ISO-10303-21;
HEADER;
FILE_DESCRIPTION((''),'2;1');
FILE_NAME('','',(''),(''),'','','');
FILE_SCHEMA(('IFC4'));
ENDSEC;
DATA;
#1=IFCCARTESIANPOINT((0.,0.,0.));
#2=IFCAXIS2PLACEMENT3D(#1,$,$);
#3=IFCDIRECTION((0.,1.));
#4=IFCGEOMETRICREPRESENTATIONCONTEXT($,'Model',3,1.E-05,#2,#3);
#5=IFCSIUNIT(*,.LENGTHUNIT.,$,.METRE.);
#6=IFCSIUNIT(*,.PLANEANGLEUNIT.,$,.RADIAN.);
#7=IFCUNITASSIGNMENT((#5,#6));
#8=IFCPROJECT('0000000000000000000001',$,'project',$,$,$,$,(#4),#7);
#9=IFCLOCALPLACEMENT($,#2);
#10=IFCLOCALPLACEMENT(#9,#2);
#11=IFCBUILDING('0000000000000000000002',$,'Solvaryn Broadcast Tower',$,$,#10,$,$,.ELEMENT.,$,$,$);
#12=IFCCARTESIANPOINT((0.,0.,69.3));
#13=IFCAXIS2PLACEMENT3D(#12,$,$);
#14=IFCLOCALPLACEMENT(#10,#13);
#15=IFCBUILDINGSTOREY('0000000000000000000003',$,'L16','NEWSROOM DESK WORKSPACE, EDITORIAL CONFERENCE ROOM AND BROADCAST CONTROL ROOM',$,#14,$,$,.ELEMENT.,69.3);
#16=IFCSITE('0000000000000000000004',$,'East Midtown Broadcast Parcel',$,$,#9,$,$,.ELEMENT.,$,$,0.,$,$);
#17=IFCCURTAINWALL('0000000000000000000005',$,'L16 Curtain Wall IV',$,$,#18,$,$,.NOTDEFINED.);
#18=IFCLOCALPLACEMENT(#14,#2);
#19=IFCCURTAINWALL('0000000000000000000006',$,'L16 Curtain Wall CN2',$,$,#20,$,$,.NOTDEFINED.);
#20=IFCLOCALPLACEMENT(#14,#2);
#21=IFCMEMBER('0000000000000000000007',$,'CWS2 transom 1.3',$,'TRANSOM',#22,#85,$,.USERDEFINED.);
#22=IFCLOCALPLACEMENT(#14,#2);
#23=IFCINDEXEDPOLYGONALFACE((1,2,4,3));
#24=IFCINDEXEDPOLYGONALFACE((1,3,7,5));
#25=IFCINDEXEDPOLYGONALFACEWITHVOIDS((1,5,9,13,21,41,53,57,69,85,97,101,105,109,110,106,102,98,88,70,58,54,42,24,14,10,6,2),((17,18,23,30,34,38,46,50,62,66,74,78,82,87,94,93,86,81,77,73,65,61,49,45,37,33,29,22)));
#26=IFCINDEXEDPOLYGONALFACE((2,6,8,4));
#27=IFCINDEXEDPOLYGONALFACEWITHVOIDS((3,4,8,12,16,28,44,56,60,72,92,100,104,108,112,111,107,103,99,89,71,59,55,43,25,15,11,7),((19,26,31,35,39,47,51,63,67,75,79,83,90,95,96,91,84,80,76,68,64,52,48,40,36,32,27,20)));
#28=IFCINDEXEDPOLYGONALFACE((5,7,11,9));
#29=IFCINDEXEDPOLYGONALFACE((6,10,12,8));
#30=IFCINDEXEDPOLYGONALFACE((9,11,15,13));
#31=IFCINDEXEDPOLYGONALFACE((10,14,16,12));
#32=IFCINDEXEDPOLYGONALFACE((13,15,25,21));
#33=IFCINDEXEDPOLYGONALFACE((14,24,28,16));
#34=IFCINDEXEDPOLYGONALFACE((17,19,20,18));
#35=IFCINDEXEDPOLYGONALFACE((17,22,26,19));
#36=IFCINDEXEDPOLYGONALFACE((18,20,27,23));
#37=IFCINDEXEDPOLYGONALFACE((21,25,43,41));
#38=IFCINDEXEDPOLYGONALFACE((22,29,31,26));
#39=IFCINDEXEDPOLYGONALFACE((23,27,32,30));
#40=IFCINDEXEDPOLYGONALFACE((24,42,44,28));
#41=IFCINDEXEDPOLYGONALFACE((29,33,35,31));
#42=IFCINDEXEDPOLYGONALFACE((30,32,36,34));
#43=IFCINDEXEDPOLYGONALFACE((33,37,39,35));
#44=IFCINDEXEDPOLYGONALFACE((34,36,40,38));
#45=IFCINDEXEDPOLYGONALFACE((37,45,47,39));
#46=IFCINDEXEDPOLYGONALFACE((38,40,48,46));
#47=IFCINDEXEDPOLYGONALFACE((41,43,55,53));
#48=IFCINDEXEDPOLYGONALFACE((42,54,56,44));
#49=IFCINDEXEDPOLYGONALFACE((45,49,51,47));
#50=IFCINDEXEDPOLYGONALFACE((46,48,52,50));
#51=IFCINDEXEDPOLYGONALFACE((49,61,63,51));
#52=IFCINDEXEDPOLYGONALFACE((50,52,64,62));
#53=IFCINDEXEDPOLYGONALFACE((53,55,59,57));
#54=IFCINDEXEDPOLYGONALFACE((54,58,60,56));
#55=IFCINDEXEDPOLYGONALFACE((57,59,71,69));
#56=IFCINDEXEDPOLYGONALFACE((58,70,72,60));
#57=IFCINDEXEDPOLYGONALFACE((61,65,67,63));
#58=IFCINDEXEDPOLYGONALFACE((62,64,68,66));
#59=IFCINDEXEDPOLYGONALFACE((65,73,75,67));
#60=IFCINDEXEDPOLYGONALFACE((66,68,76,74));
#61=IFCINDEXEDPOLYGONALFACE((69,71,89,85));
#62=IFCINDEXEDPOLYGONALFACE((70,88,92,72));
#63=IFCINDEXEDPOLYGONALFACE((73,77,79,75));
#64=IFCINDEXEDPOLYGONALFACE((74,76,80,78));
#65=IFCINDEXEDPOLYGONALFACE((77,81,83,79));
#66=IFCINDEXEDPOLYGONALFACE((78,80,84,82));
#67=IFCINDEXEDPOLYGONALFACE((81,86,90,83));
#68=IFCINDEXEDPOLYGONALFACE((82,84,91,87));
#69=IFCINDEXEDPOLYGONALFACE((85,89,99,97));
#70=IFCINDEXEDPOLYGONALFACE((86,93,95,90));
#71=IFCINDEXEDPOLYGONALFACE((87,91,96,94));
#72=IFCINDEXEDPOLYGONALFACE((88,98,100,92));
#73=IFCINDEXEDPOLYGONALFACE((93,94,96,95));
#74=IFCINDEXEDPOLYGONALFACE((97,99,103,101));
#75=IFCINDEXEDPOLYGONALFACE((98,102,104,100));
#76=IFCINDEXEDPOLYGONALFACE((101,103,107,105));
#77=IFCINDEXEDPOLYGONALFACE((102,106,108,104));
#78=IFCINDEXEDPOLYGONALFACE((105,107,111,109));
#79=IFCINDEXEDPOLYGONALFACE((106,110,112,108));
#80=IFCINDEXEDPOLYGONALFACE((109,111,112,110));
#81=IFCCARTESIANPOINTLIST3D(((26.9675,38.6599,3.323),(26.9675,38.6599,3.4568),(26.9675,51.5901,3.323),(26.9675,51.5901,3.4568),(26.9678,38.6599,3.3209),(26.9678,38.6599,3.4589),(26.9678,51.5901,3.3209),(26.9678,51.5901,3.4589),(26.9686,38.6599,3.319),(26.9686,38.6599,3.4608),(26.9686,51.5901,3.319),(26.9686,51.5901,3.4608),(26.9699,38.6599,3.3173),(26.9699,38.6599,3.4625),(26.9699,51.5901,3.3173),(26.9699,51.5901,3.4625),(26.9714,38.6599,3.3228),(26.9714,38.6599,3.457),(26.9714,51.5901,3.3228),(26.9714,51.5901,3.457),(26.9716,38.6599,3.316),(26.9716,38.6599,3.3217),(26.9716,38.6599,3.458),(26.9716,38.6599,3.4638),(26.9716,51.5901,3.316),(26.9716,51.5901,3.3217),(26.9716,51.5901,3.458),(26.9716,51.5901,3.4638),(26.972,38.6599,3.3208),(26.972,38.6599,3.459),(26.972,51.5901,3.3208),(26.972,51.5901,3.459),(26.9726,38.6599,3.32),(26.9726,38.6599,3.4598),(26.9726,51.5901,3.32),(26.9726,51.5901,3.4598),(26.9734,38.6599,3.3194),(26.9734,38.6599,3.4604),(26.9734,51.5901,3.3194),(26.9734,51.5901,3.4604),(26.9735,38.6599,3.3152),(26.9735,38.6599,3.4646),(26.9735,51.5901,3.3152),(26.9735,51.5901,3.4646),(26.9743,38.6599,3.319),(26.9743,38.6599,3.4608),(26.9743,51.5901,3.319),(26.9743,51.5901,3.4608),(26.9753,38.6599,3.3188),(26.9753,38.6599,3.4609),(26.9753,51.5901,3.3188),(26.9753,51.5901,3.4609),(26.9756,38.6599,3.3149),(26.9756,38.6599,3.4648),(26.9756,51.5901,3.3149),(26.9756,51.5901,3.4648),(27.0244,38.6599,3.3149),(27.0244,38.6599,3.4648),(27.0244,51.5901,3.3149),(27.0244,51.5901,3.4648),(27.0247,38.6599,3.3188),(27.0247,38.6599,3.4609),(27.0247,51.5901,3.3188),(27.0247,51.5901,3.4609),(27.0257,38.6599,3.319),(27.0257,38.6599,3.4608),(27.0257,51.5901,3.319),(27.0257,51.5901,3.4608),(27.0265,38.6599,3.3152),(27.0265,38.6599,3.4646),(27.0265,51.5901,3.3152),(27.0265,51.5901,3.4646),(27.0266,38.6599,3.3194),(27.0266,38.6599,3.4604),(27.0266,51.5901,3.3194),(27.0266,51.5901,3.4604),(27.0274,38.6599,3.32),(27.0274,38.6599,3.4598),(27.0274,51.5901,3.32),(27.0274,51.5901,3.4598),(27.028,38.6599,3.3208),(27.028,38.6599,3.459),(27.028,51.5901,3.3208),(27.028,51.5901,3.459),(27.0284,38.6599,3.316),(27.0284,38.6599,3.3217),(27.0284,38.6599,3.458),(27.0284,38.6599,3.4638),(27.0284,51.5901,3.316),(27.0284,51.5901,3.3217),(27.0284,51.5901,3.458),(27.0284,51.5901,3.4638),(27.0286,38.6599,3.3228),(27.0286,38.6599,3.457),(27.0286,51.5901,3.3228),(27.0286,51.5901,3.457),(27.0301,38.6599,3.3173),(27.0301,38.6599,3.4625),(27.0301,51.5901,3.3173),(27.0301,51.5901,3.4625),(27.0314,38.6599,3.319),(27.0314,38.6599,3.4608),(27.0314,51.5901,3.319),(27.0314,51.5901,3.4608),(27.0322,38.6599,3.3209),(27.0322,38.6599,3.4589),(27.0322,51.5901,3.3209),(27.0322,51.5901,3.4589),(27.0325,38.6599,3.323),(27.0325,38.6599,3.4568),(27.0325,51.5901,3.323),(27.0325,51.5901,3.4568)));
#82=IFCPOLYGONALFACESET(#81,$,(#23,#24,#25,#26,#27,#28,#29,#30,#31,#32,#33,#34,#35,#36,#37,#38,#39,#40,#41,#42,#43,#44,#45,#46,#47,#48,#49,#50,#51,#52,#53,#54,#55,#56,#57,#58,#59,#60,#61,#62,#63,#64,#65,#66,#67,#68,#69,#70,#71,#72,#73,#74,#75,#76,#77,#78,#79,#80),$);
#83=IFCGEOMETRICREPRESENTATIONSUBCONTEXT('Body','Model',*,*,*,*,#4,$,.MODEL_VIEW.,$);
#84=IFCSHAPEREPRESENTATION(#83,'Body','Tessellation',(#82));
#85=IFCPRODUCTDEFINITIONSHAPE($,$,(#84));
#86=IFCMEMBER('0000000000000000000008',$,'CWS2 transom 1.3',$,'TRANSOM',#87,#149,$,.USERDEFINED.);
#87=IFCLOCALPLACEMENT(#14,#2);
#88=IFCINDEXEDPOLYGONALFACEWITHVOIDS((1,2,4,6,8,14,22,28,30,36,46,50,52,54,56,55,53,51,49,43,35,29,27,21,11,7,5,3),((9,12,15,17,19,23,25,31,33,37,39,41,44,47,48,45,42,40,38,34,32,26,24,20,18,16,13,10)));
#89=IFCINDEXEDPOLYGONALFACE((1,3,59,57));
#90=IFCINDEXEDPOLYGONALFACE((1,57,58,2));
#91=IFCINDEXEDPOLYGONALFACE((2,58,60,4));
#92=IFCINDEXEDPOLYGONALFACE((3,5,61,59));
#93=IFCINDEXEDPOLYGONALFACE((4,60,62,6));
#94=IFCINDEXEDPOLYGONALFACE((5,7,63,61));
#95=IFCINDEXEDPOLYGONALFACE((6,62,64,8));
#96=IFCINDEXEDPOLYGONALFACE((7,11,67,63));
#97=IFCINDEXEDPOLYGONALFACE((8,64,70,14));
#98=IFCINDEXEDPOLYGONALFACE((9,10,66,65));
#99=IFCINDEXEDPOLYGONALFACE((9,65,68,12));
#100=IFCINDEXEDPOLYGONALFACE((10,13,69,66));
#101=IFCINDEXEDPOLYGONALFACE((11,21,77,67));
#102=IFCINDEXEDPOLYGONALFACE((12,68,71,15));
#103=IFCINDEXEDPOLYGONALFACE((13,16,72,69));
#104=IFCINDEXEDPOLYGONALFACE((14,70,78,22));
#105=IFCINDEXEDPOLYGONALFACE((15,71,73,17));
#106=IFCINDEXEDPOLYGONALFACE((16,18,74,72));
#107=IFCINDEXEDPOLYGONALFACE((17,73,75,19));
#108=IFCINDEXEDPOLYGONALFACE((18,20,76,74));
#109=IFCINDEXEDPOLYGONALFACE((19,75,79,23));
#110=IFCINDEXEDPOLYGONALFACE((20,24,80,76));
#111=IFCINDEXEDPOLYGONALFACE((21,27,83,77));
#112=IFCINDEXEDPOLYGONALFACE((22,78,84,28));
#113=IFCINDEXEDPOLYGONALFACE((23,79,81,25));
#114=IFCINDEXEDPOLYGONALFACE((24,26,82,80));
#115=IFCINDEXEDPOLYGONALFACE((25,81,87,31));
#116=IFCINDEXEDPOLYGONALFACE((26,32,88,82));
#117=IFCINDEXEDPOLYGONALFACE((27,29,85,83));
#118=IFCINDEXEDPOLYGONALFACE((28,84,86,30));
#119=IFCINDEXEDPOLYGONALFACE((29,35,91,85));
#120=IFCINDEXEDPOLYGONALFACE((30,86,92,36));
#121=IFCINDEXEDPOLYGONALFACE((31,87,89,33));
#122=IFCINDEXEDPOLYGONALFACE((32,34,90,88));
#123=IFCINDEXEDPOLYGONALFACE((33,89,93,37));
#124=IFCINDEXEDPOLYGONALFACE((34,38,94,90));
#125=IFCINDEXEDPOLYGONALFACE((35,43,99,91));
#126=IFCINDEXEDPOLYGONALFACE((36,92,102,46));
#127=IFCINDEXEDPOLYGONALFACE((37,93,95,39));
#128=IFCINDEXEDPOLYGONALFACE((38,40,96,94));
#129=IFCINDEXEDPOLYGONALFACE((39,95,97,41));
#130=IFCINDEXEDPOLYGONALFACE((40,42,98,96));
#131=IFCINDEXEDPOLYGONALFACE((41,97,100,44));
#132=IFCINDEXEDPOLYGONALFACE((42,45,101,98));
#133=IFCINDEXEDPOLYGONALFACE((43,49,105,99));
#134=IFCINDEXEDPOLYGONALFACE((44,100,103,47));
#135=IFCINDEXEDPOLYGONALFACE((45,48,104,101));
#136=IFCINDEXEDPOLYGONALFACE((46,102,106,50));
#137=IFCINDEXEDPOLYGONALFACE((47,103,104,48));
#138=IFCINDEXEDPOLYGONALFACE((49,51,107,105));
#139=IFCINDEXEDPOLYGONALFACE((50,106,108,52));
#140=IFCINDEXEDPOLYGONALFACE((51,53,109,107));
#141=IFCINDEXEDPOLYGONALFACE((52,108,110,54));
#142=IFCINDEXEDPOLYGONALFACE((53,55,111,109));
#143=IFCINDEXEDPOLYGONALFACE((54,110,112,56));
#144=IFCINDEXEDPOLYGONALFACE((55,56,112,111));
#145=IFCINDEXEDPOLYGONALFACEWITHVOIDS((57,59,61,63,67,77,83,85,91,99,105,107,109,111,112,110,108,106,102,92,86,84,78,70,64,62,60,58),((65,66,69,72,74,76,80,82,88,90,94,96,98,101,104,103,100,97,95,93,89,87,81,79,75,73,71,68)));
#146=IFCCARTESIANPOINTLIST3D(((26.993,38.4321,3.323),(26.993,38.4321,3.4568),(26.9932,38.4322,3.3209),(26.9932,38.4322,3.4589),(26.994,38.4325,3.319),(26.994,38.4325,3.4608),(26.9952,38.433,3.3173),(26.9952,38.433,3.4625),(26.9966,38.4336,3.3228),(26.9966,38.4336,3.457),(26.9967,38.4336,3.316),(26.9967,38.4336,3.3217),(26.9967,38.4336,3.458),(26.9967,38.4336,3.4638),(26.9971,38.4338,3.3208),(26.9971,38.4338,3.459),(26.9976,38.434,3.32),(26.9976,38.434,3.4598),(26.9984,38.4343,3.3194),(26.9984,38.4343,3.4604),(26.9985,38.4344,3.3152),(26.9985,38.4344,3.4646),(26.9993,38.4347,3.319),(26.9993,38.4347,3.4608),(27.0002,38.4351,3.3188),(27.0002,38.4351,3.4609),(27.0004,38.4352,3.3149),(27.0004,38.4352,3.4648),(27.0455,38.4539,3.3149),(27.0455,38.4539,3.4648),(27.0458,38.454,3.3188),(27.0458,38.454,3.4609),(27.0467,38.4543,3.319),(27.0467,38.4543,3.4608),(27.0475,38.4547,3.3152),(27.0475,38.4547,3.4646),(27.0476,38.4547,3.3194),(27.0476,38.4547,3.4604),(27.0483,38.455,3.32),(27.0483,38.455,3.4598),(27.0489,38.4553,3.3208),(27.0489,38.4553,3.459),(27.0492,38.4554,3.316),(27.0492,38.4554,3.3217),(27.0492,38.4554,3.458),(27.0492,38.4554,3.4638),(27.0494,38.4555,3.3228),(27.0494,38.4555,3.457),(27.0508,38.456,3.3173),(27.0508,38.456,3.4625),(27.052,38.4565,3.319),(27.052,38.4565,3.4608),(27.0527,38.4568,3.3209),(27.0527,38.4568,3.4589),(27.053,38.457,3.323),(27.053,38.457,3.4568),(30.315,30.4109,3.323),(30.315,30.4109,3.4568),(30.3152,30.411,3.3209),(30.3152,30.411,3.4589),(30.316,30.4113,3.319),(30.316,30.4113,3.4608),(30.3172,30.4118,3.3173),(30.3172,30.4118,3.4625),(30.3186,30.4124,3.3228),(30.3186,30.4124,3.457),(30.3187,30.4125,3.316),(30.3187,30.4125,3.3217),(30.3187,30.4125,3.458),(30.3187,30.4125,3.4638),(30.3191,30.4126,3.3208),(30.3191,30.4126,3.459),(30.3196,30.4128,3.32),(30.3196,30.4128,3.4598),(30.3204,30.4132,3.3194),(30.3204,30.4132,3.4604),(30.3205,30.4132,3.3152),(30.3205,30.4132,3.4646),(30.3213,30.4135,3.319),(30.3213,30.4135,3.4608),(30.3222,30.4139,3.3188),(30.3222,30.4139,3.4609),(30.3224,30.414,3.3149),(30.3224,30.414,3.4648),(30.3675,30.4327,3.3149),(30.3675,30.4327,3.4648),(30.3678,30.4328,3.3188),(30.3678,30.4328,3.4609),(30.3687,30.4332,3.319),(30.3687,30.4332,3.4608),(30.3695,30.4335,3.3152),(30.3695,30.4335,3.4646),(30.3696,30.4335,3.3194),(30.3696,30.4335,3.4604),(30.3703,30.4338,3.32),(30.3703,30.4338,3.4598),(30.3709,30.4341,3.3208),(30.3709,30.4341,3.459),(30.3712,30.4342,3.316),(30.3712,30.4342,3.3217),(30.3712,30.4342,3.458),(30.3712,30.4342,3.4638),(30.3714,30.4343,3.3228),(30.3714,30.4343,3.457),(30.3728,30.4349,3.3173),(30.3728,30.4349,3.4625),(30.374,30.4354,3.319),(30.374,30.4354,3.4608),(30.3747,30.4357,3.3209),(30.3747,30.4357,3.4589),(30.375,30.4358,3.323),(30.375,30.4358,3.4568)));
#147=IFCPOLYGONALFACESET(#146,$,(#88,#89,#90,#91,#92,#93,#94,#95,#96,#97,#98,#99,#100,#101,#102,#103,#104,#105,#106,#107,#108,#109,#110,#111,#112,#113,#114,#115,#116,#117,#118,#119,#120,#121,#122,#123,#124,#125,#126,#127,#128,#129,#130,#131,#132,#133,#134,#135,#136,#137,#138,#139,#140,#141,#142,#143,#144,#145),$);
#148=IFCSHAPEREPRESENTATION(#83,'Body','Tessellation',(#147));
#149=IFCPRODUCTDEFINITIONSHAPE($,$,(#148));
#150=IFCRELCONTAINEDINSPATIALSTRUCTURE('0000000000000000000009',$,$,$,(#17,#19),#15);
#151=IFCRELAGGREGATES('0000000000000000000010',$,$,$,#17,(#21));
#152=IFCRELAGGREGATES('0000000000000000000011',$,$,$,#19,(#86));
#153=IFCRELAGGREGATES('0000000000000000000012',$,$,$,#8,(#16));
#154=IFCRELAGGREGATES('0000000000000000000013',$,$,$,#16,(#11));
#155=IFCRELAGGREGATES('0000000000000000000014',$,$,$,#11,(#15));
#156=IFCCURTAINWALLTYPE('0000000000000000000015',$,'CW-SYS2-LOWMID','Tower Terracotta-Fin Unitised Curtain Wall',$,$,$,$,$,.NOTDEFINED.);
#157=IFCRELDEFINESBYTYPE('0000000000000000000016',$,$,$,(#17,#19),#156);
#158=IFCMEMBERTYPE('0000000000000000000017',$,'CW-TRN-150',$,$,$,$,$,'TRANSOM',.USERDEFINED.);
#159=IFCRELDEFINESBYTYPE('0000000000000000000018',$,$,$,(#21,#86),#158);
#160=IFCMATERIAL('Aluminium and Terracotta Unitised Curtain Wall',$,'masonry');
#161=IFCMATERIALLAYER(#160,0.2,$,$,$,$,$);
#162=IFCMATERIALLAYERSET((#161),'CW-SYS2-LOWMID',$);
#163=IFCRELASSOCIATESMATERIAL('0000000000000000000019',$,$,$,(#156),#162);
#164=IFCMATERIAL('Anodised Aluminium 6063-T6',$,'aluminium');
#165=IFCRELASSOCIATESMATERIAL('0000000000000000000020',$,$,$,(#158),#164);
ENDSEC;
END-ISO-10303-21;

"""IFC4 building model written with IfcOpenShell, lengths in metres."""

from ifc_helpers import new_model, si_unit, direction, frame, origin, origin_2d, place, context, subcontext, project, spatial, hollow_rectangle, extrude, material, layer, layer_set, material_profile, profile_set, type_object, element, aggregate, save


model = new_model("IFC4")

# Units and contexts
model_context = context("Model", 3, precision=1e-05, world=origin(), true_north=direction((0.0, 1.0)))
body_context = subcontext(model_context, "Body", "Model", "MODEL_VIEW")
ifc_project = project(units=[si_unit("LENGTHUNIT", "METRE"), si_unit("PLANEANGLEUNIT", "RADIAN")], contexts=[model_context])

# Site, building, storey
site_placement = place(None, origin())
site = spatial("IfcSite", under=ifc_project, at=site_placement, Name="East Midtown Broadcast Parcel", CompositionType="ELEMENT", RefElevation=0.0)
building_placement = place(site_placement, origin())
building = spatial("IfcBuilding", under=site, at=building_placement, Name="Solvaryn Broadcast Tower", CompositionType="ELEMENT")
storey_placement = place(building_placement, frame((0.0, 0.0, 69.3)))
storey = spatial("IfcBuildingStorey", under=building, at=storey_placement, Name="L16", Description="NEWSROOM DESK WORKSPACE, EDITORIAL CONFERENCE ROOM AND BROADCAST CONTROL ROOM", CompositionType="ELEMENT", Elevation=69.3)

# Curtain wall
ifc_material_1 = material(Name="Aluminium and Terracotta Unitised Curtain Wall", Category="masonry")
ifc_layer_1 = layer(ifc_material_1, 0.2)
ifc_layer_set_1 = layer_set([ifc_layer_1], Name="CW-SYS2-LOWMID")
curtain_wall_type = type_object("IfcCurtainWallType", Name="CW-SYS2-LOWMID", Description="Tower Terracotta-Fin Unitised Curtain Wall", PredefinedType="NOTDEFINED", material=ifc_layer_set_1)
curtain_wall_1_placement = place(storey_placement, origin())
curtain_wall_1 = element("IfcCurtainWall", 1, at=curtain_wall_1_placement, inside=storey, type_object=curtain_wall_type, Name="L16 Curtain Wall IV", PredefinedType="NOTDEFINED")

# Curtain wall
curtain_wall_2_placement = place(storey_placement, origin())
curtain_wall_2 = element("IfcCurtainWall", 2, at=curtain_wall_2_placement, inside=storey, type_object=curtain_wall_type, Name="L16 Curtain Wall CN2", PredefinedType="NOTDEFINED")

# Members
ifc_material_2 = material(Name="Anodised Aluminium 6063-T6", Category="aluminium")
ifc_material_profile_1 = material_profile(ifc_material_2, hollow_rectangle(XDim=0.0649, YDim=0.1499, WallThickness=0.0039, InnerFilletRadius=0.0039, OuterFilletRadius=0.0081, at=origin_2d()))
ifc_profile_set_1 = profile_set([ifc_material_profile_1], Name="Anodised Aluminium 6063-T6")
member_type_1 = type_object("IfcMemberType", Name="CW-TRN-150", ElementType="TRANSOM", PredefinedType="USERDEFINED", material=ifc_profile_set_1)
member_1_placement = place(storey_placement, frame((27.0, 51.5901, 3.3899), z_axis=(0.0, -1.0, 0.0), x_axis=(1.0, 0.0, 0.0)))
member_1 = element("IfcMember", 3, at=member_1_placement, type_object=member_type_1, Name="CWS2 transom 1.3", ObjectType="TRANSOM", PredefinedType="USERDEFINED", context=body_context, shape_type="SweptSolid", body=[
    extrude(hollow_rectangle(XDim=0.0649, YDim=0.1499, WallThickness=0.0039, InnerFilletRadius=0.0039, OuterFilletRadius=0.0081, at=origin_2d()), origin(), (0.0, 0.0, 1.0), 12.9302),
])
member_2_placement = place(storey_placement, frame((30.345, 30.4233, 3.3899), z_axis=(-0.382636, 0.923899, 0.0), x_axis=(-0.923899, -0.382636, 0.0)))
member_2 = element("IfcMember", 4, at=member_2_placement, type_object=member_type_1, Name="CWS2 transom 1.3", ObjectType="TRANSOM", PredefinedType="USERDEFINED", context=body_context, shape_type="SweptSolid", body=[
    extrude(hollow_rectangle(XDim=0.0649, YDim=0.1499, WallThickness=0.0039, InnerFilletRadius=0.0039, OuterFilletRadius=0.0081, at=origin_2d()), origin(), (0.0, 0.0, 1.0), 8.6819),
])

aggregate(curtain_wall_1, [member_1])
aggregate(curtain_wall_2, [member_2])

save(model, "model.ifc")
